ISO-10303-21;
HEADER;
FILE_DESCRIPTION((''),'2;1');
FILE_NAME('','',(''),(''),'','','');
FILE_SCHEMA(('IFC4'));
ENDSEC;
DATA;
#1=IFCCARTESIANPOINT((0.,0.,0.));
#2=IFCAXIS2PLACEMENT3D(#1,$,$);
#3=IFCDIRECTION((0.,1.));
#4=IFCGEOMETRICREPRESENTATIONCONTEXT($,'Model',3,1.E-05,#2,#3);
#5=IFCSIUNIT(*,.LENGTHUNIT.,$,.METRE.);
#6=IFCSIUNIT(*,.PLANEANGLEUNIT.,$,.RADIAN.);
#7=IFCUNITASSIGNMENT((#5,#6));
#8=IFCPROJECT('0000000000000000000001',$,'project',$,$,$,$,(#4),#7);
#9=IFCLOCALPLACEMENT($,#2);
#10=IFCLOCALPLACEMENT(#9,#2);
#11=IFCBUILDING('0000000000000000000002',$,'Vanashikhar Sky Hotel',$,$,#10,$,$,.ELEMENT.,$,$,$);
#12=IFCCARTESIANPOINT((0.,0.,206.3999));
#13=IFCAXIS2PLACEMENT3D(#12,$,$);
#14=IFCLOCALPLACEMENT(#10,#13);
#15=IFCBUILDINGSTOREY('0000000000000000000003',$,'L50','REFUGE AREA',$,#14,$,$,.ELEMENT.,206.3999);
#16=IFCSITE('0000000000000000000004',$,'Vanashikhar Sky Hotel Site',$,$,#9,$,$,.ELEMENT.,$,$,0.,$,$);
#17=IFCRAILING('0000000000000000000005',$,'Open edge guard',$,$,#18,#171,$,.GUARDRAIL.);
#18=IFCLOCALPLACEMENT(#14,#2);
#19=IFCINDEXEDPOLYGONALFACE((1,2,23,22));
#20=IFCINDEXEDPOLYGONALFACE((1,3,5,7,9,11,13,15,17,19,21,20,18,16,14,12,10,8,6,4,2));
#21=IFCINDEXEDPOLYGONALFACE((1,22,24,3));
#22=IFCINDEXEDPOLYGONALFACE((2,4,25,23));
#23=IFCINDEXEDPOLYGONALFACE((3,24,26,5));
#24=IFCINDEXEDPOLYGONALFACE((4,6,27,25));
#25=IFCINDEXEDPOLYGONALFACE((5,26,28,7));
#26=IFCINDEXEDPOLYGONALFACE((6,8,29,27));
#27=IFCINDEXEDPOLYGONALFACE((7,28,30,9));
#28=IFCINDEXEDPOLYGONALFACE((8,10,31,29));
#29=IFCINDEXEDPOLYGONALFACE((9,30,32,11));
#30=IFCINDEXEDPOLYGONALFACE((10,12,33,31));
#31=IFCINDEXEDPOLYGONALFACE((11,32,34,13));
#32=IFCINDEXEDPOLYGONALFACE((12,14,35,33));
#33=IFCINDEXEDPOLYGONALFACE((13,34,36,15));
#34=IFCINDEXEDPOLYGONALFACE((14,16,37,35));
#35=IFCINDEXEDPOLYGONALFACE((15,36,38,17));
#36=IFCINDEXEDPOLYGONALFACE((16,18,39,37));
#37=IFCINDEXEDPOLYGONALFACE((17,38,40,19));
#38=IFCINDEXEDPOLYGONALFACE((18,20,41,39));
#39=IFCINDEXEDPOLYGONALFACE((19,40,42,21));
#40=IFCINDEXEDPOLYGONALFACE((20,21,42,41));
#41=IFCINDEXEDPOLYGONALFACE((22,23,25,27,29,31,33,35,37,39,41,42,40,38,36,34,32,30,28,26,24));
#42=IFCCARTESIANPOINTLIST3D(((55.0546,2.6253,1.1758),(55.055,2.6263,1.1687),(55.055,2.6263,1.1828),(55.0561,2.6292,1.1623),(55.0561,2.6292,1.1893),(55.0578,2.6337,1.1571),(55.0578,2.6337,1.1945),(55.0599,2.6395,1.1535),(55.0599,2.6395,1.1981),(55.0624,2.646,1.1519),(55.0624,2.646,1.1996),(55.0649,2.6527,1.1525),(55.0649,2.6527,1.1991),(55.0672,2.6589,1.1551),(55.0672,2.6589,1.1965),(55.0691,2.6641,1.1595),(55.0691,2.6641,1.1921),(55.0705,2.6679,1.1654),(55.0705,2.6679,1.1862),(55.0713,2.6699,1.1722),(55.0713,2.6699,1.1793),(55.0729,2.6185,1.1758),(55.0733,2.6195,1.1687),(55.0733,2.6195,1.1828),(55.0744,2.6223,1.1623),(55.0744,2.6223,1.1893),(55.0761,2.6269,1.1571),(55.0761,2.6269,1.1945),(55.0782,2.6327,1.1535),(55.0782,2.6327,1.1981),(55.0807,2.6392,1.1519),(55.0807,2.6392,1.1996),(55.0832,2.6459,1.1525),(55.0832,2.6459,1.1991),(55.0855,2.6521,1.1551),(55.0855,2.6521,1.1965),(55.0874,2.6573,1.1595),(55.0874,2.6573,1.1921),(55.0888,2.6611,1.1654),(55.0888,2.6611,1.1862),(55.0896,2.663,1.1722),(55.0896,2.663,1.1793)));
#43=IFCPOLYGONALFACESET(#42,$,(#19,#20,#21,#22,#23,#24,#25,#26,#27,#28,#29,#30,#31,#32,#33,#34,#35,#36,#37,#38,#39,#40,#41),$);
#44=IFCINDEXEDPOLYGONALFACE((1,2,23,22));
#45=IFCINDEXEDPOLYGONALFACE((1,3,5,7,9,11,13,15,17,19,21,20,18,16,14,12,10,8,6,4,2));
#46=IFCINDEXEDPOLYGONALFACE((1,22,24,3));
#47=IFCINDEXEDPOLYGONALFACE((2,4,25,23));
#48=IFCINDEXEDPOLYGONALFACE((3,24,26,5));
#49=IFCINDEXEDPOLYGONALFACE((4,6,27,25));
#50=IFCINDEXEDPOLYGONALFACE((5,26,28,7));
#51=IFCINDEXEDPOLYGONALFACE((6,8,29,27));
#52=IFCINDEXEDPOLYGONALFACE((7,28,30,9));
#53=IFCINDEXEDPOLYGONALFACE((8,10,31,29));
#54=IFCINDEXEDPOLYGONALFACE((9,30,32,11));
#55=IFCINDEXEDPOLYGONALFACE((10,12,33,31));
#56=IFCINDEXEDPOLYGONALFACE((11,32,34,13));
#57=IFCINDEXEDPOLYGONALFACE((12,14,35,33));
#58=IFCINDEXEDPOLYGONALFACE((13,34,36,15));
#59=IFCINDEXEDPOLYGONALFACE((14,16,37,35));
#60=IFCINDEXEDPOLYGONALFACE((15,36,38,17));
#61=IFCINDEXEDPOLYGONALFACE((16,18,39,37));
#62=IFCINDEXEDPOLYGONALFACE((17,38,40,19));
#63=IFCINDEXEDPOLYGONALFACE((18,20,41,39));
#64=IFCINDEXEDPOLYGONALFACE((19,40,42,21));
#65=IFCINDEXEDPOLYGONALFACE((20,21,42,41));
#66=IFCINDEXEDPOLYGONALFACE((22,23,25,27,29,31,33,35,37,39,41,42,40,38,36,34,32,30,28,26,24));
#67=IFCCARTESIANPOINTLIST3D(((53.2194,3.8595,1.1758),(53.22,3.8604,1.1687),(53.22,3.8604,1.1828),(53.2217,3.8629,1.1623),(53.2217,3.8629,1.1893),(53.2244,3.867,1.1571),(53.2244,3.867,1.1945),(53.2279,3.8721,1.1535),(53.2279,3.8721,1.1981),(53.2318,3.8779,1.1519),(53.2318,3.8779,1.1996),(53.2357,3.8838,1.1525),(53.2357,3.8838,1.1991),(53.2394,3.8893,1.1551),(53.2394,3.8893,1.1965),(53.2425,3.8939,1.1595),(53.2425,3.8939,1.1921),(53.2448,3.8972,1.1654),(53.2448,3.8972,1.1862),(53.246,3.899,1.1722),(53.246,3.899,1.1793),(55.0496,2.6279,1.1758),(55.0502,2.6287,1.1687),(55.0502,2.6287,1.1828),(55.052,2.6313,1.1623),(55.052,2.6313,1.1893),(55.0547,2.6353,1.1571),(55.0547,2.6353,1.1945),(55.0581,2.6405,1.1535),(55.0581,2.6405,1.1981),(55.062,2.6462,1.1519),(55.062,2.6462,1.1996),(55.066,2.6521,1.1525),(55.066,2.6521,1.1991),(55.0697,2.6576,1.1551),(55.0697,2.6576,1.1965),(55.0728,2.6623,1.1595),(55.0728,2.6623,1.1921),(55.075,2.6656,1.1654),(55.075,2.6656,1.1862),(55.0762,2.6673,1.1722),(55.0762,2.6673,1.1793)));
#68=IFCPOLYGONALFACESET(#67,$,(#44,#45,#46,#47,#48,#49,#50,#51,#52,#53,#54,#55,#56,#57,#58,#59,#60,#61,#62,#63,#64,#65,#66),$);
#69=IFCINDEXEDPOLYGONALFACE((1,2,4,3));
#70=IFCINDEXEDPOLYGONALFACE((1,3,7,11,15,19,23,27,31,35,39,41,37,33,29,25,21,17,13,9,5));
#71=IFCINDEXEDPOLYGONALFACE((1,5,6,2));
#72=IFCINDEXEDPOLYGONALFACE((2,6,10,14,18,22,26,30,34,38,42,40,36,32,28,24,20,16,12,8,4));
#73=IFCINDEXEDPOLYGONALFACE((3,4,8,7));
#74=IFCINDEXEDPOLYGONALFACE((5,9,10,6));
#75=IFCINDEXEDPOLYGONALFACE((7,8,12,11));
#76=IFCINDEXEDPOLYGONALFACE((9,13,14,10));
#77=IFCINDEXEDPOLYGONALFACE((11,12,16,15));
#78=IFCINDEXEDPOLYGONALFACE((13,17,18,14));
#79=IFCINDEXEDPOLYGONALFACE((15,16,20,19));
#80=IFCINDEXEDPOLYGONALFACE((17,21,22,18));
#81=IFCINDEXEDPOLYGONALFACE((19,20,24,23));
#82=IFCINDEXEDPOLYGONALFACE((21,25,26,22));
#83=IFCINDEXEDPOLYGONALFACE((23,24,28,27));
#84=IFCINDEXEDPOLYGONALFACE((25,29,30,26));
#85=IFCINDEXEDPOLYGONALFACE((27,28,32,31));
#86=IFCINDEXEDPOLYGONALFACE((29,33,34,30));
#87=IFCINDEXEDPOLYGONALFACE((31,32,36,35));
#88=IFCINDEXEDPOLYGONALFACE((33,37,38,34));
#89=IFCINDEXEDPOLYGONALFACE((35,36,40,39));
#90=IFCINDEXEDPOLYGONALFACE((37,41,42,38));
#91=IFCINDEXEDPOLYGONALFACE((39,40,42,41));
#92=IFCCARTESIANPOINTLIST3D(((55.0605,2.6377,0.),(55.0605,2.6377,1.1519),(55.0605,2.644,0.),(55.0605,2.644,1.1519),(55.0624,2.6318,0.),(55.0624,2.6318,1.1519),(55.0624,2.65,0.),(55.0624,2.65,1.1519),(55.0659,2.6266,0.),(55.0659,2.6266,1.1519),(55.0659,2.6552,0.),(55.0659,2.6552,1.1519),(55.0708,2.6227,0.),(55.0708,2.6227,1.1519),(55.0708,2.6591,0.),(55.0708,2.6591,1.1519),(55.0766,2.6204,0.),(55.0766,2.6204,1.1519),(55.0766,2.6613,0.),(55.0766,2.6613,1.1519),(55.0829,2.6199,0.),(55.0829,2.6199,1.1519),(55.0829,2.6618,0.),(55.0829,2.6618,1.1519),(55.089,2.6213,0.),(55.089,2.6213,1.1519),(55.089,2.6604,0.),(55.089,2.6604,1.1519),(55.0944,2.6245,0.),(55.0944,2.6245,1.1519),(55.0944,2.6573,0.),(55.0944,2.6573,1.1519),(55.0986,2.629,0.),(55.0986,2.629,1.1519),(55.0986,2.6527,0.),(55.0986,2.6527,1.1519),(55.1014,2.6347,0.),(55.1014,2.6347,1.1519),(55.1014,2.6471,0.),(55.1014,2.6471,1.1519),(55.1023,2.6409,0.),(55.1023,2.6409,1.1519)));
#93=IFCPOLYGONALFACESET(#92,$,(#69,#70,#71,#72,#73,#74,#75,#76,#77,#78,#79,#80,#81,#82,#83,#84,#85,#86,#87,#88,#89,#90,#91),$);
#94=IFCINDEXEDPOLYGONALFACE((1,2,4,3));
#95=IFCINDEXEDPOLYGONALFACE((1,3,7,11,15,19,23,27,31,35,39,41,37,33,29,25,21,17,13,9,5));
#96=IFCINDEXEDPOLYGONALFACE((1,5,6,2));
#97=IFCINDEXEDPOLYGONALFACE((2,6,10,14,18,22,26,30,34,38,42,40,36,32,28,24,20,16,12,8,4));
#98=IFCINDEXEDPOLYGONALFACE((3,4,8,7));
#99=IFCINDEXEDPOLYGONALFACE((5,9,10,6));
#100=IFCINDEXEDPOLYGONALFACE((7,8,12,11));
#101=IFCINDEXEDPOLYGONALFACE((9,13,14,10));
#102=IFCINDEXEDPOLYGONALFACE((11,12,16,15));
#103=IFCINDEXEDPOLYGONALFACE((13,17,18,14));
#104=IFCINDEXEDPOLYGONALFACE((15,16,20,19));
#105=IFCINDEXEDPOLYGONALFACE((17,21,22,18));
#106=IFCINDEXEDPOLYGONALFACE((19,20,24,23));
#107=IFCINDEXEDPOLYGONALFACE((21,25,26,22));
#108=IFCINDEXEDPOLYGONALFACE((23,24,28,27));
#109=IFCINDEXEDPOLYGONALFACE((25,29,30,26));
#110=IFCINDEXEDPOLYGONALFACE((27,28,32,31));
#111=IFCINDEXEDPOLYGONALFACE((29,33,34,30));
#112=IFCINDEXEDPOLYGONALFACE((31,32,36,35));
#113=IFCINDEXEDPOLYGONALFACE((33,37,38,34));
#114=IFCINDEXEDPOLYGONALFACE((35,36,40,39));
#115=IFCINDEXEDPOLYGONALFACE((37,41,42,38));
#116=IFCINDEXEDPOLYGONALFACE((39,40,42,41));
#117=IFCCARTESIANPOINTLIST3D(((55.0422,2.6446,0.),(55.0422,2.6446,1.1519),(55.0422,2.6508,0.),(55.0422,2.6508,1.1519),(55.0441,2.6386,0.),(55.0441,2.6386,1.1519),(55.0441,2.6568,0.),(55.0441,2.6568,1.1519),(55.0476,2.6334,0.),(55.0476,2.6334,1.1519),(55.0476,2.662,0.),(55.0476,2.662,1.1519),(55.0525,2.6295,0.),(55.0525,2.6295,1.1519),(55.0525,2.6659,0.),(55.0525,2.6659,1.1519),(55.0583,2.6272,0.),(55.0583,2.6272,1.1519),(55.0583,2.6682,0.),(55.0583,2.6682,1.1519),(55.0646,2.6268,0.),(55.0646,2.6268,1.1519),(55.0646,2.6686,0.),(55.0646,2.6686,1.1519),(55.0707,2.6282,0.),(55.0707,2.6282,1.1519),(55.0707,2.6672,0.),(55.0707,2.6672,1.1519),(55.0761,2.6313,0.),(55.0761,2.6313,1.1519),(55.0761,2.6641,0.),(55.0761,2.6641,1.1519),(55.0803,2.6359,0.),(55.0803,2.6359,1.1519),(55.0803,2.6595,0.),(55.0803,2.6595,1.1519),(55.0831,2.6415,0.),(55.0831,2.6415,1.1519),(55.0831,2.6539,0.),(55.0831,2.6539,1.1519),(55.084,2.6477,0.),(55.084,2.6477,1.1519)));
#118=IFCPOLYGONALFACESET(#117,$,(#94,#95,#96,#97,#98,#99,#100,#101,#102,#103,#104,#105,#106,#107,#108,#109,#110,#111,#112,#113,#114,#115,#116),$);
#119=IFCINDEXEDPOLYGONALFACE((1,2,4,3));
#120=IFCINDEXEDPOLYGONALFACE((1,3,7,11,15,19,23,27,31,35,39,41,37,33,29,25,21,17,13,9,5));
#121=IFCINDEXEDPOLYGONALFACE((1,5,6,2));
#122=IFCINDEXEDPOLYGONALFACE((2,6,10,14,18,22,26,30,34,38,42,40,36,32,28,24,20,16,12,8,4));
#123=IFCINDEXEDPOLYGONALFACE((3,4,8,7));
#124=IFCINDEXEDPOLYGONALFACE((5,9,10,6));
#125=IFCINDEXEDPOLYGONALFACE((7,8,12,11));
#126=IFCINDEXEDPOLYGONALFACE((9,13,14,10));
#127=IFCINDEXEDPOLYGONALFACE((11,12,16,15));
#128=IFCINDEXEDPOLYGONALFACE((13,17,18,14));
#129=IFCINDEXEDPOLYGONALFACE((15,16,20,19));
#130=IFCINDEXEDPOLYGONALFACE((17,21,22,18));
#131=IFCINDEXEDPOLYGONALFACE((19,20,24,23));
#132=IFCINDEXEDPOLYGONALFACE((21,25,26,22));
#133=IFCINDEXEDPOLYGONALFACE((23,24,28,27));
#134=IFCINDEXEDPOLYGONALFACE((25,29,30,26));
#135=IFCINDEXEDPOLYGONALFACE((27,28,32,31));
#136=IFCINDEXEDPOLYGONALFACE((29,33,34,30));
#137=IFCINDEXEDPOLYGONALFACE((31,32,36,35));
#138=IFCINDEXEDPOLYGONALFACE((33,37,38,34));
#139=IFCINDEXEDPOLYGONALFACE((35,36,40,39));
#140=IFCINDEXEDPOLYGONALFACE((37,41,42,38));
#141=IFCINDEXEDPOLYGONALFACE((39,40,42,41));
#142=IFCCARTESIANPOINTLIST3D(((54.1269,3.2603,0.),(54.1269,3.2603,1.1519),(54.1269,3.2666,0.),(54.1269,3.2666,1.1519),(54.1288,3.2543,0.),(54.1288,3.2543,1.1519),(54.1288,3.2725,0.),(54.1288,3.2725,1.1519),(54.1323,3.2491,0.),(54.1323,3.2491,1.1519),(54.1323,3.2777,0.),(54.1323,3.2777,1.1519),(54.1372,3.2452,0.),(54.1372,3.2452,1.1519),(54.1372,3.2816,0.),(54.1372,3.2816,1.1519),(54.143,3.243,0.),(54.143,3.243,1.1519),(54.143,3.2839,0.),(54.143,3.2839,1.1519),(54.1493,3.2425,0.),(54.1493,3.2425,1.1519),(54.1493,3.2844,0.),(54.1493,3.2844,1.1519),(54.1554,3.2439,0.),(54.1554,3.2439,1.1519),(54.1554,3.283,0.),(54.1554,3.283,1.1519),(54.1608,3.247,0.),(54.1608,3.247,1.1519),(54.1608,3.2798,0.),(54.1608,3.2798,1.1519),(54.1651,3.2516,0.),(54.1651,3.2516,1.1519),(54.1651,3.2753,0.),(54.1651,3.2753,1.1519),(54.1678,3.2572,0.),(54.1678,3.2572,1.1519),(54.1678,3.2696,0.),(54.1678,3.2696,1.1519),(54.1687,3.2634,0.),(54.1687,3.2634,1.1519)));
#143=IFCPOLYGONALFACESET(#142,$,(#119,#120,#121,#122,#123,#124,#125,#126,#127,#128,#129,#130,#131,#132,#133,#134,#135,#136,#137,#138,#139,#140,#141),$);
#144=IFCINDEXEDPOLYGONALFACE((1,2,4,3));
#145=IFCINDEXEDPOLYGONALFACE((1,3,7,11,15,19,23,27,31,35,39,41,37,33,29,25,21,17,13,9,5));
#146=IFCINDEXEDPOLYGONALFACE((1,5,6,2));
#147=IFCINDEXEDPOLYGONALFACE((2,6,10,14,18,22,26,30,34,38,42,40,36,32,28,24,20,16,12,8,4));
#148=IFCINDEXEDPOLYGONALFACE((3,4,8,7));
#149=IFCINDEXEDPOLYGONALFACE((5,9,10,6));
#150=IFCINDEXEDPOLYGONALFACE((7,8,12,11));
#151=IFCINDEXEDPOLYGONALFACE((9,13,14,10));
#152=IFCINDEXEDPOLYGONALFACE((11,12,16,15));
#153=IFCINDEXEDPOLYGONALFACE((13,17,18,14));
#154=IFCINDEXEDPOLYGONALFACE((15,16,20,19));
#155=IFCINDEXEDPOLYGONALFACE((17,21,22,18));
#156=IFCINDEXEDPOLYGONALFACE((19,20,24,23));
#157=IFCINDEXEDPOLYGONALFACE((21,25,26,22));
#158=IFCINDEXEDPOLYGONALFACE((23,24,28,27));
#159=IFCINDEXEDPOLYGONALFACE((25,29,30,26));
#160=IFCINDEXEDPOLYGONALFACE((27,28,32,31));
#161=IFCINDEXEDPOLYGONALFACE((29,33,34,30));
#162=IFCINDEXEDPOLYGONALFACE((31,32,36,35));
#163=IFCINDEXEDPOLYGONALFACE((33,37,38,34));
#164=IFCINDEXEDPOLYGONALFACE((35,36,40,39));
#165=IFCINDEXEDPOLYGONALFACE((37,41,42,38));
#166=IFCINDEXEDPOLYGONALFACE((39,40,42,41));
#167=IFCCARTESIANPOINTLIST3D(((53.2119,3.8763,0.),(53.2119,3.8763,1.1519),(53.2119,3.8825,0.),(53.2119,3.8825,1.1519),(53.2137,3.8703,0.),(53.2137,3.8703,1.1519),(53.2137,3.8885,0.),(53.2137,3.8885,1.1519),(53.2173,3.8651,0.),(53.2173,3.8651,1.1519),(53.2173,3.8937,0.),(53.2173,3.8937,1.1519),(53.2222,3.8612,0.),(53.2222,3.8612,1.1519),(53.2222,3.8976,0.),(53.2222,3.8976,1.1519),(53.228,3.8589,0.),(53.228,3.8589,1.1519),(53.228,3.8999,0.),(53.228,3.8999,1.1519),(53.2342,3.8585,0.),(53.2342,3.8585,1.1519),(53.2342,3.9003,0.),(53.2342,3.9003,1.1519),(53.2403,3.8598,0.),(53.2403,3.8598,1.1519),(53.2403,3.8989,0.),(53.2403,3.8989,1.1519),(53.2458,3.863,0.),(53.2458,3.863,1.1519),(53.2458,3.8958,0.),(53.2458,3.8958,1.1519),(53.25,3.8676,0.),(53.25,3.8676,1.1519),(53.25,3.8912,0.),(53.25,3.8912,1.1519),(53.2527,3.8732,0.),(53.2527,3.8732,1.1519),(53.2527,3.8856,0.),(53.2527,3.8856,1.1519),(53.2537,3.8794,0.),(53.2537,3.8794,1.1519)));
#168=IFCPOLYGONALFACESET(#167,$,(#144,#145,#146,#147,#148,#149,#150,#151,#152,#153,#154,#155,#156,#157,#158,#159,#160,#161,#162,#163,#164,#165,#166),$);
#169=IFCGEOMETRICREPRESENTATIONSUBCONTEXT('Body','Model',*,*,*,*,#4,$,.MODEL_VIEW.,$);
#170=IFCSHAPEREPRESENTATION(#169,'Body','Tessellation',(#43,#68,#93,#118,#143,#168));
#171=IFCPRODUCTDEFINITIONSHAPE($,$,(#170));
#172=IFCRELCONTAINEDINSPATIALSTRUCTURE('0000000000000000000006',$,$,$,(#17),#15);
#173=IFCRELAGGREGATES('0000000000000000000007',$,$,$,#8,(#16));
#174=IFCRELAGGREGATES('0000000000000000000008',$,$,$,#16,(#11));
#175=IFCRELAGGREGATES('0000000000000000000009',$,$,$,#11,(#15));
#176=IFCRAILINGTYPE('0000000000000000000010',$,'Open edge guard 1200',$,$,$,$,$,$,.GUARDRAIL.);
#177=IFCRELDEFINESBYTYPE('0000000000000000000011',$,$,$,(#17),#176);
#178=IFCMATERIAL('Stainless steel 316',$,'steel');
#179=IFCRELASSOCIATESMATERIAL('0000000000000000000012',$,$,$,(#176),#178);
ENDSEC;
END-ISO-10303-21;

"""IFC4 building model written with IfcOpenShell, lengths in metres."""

from ifc_helpers import new_model, si_unit, direction, frame, origin, origin_2d, place, context, subcontext, project, spatial, circle, extrude, source, transform, mapped, material, type_object, element, save


model = new_model("IFC4")

# Units and contexts
model_context = context("Model", 3, precision=1e-05, world=origin(), true_north=direction((0.0, 1.0)))
body_context = subcontext(model_context, "Body", "Model", "MODEL_VIEW")
ifc_project = project(units=[si_unit("LENGTHUNIT", "METRE"), si_unit("PLANEANGLEUNIT", "RADIAN")], contexts=[model_context])

# Site, building, storey
site_placement = place(None, origin())
site = spatial("IfcSite", under=ifc_project, at=site_placement, Name="Vanashikhar Sky Hotel Site", CompositionType="ELEMENT", RefElevation=0.0)
building_placement = place(site_placement, origin())
building = spatial("IfcBuilding", under=site, at=building_placement, Name="Vanashikhar Sky Hotel", CompositionType="ELEMENT")
storey_placement = place(building_placement, frame((0.0, 0.0, 206.3999)))
storey = spatial("IfcBuildingStorey", under=building, at=storey_placement, Name="L50", Description="REFUGE AREA", CompositionType="ELEMENT", Elevation=206.3999)

# Railing
ifc_material_1 = material(Name="Stainless steel 316", Category="steel")
railing_type = type_object("IfcRailingType", Name="Open edge guard 1200", PredefinedType="GUARDRAIL", material=ifc_material_1)
shared_shape_1 = source(origin(), body_context, "Body", "SweptSolid", [
    extrude(circle(Radius=0.0239, at=origin_2d()), frame((0.0, 0.0, 1.1758), z_axis=(-0.936842, 0.349754, 0.0), x_axis=(-0.349754, -0.936842, 0.0)), (0.0, 0.0, 1.0), 0.0195),
    extrude(circle(Radius=0.0239, at=origin_2d()), frame((-0.0183, 0.0068, 1.1758), z_axis=(-0.829642, 0.558296, 0.0), x_axis=(-0.558296, -0.829642, 0.0)), (0.0, 0.0, 1.0), 2.2061),
    extrude(circle(Radius=0.021, at=origin_2d()), origin(), (0.0, 0.0, 1.0), 1.1519),
    extrude(circle(Radius=0.021, at=origin_2d()), frame((-0.0183, 0.0068, 0.0)), (0.0, 0.0, 1.0), 1.1519),
    extrude(circle(Radius=0.021, at=origin_2d()), frame((-0.9336, 0.6226, 0.0)), (0.0, 0.0, 1.0), 1.1519),
    extrude(circle(Radius=0.021, at=origin_2d()), frame((-1.8486, 1.2385, 0.0)), (0.0, 0.0, 1.0), 1.1519),
])
railing_1_placement = place(storey_placement, frame((55.0813, 2.6409, 0.0)))
element("IfcRailing", 1, at=railing_1_placement, inside=storey, type_object=railing_type, Name="Open edge guard", PredefinedType="GUARDRAIL", context=body_context, shape_type="MappedRepresentation", body=[
    mapped(shared_shape_1, transform((0.0, 0.0, 0.0), scale=1.0)),
])

save(model, "model.ifc")
